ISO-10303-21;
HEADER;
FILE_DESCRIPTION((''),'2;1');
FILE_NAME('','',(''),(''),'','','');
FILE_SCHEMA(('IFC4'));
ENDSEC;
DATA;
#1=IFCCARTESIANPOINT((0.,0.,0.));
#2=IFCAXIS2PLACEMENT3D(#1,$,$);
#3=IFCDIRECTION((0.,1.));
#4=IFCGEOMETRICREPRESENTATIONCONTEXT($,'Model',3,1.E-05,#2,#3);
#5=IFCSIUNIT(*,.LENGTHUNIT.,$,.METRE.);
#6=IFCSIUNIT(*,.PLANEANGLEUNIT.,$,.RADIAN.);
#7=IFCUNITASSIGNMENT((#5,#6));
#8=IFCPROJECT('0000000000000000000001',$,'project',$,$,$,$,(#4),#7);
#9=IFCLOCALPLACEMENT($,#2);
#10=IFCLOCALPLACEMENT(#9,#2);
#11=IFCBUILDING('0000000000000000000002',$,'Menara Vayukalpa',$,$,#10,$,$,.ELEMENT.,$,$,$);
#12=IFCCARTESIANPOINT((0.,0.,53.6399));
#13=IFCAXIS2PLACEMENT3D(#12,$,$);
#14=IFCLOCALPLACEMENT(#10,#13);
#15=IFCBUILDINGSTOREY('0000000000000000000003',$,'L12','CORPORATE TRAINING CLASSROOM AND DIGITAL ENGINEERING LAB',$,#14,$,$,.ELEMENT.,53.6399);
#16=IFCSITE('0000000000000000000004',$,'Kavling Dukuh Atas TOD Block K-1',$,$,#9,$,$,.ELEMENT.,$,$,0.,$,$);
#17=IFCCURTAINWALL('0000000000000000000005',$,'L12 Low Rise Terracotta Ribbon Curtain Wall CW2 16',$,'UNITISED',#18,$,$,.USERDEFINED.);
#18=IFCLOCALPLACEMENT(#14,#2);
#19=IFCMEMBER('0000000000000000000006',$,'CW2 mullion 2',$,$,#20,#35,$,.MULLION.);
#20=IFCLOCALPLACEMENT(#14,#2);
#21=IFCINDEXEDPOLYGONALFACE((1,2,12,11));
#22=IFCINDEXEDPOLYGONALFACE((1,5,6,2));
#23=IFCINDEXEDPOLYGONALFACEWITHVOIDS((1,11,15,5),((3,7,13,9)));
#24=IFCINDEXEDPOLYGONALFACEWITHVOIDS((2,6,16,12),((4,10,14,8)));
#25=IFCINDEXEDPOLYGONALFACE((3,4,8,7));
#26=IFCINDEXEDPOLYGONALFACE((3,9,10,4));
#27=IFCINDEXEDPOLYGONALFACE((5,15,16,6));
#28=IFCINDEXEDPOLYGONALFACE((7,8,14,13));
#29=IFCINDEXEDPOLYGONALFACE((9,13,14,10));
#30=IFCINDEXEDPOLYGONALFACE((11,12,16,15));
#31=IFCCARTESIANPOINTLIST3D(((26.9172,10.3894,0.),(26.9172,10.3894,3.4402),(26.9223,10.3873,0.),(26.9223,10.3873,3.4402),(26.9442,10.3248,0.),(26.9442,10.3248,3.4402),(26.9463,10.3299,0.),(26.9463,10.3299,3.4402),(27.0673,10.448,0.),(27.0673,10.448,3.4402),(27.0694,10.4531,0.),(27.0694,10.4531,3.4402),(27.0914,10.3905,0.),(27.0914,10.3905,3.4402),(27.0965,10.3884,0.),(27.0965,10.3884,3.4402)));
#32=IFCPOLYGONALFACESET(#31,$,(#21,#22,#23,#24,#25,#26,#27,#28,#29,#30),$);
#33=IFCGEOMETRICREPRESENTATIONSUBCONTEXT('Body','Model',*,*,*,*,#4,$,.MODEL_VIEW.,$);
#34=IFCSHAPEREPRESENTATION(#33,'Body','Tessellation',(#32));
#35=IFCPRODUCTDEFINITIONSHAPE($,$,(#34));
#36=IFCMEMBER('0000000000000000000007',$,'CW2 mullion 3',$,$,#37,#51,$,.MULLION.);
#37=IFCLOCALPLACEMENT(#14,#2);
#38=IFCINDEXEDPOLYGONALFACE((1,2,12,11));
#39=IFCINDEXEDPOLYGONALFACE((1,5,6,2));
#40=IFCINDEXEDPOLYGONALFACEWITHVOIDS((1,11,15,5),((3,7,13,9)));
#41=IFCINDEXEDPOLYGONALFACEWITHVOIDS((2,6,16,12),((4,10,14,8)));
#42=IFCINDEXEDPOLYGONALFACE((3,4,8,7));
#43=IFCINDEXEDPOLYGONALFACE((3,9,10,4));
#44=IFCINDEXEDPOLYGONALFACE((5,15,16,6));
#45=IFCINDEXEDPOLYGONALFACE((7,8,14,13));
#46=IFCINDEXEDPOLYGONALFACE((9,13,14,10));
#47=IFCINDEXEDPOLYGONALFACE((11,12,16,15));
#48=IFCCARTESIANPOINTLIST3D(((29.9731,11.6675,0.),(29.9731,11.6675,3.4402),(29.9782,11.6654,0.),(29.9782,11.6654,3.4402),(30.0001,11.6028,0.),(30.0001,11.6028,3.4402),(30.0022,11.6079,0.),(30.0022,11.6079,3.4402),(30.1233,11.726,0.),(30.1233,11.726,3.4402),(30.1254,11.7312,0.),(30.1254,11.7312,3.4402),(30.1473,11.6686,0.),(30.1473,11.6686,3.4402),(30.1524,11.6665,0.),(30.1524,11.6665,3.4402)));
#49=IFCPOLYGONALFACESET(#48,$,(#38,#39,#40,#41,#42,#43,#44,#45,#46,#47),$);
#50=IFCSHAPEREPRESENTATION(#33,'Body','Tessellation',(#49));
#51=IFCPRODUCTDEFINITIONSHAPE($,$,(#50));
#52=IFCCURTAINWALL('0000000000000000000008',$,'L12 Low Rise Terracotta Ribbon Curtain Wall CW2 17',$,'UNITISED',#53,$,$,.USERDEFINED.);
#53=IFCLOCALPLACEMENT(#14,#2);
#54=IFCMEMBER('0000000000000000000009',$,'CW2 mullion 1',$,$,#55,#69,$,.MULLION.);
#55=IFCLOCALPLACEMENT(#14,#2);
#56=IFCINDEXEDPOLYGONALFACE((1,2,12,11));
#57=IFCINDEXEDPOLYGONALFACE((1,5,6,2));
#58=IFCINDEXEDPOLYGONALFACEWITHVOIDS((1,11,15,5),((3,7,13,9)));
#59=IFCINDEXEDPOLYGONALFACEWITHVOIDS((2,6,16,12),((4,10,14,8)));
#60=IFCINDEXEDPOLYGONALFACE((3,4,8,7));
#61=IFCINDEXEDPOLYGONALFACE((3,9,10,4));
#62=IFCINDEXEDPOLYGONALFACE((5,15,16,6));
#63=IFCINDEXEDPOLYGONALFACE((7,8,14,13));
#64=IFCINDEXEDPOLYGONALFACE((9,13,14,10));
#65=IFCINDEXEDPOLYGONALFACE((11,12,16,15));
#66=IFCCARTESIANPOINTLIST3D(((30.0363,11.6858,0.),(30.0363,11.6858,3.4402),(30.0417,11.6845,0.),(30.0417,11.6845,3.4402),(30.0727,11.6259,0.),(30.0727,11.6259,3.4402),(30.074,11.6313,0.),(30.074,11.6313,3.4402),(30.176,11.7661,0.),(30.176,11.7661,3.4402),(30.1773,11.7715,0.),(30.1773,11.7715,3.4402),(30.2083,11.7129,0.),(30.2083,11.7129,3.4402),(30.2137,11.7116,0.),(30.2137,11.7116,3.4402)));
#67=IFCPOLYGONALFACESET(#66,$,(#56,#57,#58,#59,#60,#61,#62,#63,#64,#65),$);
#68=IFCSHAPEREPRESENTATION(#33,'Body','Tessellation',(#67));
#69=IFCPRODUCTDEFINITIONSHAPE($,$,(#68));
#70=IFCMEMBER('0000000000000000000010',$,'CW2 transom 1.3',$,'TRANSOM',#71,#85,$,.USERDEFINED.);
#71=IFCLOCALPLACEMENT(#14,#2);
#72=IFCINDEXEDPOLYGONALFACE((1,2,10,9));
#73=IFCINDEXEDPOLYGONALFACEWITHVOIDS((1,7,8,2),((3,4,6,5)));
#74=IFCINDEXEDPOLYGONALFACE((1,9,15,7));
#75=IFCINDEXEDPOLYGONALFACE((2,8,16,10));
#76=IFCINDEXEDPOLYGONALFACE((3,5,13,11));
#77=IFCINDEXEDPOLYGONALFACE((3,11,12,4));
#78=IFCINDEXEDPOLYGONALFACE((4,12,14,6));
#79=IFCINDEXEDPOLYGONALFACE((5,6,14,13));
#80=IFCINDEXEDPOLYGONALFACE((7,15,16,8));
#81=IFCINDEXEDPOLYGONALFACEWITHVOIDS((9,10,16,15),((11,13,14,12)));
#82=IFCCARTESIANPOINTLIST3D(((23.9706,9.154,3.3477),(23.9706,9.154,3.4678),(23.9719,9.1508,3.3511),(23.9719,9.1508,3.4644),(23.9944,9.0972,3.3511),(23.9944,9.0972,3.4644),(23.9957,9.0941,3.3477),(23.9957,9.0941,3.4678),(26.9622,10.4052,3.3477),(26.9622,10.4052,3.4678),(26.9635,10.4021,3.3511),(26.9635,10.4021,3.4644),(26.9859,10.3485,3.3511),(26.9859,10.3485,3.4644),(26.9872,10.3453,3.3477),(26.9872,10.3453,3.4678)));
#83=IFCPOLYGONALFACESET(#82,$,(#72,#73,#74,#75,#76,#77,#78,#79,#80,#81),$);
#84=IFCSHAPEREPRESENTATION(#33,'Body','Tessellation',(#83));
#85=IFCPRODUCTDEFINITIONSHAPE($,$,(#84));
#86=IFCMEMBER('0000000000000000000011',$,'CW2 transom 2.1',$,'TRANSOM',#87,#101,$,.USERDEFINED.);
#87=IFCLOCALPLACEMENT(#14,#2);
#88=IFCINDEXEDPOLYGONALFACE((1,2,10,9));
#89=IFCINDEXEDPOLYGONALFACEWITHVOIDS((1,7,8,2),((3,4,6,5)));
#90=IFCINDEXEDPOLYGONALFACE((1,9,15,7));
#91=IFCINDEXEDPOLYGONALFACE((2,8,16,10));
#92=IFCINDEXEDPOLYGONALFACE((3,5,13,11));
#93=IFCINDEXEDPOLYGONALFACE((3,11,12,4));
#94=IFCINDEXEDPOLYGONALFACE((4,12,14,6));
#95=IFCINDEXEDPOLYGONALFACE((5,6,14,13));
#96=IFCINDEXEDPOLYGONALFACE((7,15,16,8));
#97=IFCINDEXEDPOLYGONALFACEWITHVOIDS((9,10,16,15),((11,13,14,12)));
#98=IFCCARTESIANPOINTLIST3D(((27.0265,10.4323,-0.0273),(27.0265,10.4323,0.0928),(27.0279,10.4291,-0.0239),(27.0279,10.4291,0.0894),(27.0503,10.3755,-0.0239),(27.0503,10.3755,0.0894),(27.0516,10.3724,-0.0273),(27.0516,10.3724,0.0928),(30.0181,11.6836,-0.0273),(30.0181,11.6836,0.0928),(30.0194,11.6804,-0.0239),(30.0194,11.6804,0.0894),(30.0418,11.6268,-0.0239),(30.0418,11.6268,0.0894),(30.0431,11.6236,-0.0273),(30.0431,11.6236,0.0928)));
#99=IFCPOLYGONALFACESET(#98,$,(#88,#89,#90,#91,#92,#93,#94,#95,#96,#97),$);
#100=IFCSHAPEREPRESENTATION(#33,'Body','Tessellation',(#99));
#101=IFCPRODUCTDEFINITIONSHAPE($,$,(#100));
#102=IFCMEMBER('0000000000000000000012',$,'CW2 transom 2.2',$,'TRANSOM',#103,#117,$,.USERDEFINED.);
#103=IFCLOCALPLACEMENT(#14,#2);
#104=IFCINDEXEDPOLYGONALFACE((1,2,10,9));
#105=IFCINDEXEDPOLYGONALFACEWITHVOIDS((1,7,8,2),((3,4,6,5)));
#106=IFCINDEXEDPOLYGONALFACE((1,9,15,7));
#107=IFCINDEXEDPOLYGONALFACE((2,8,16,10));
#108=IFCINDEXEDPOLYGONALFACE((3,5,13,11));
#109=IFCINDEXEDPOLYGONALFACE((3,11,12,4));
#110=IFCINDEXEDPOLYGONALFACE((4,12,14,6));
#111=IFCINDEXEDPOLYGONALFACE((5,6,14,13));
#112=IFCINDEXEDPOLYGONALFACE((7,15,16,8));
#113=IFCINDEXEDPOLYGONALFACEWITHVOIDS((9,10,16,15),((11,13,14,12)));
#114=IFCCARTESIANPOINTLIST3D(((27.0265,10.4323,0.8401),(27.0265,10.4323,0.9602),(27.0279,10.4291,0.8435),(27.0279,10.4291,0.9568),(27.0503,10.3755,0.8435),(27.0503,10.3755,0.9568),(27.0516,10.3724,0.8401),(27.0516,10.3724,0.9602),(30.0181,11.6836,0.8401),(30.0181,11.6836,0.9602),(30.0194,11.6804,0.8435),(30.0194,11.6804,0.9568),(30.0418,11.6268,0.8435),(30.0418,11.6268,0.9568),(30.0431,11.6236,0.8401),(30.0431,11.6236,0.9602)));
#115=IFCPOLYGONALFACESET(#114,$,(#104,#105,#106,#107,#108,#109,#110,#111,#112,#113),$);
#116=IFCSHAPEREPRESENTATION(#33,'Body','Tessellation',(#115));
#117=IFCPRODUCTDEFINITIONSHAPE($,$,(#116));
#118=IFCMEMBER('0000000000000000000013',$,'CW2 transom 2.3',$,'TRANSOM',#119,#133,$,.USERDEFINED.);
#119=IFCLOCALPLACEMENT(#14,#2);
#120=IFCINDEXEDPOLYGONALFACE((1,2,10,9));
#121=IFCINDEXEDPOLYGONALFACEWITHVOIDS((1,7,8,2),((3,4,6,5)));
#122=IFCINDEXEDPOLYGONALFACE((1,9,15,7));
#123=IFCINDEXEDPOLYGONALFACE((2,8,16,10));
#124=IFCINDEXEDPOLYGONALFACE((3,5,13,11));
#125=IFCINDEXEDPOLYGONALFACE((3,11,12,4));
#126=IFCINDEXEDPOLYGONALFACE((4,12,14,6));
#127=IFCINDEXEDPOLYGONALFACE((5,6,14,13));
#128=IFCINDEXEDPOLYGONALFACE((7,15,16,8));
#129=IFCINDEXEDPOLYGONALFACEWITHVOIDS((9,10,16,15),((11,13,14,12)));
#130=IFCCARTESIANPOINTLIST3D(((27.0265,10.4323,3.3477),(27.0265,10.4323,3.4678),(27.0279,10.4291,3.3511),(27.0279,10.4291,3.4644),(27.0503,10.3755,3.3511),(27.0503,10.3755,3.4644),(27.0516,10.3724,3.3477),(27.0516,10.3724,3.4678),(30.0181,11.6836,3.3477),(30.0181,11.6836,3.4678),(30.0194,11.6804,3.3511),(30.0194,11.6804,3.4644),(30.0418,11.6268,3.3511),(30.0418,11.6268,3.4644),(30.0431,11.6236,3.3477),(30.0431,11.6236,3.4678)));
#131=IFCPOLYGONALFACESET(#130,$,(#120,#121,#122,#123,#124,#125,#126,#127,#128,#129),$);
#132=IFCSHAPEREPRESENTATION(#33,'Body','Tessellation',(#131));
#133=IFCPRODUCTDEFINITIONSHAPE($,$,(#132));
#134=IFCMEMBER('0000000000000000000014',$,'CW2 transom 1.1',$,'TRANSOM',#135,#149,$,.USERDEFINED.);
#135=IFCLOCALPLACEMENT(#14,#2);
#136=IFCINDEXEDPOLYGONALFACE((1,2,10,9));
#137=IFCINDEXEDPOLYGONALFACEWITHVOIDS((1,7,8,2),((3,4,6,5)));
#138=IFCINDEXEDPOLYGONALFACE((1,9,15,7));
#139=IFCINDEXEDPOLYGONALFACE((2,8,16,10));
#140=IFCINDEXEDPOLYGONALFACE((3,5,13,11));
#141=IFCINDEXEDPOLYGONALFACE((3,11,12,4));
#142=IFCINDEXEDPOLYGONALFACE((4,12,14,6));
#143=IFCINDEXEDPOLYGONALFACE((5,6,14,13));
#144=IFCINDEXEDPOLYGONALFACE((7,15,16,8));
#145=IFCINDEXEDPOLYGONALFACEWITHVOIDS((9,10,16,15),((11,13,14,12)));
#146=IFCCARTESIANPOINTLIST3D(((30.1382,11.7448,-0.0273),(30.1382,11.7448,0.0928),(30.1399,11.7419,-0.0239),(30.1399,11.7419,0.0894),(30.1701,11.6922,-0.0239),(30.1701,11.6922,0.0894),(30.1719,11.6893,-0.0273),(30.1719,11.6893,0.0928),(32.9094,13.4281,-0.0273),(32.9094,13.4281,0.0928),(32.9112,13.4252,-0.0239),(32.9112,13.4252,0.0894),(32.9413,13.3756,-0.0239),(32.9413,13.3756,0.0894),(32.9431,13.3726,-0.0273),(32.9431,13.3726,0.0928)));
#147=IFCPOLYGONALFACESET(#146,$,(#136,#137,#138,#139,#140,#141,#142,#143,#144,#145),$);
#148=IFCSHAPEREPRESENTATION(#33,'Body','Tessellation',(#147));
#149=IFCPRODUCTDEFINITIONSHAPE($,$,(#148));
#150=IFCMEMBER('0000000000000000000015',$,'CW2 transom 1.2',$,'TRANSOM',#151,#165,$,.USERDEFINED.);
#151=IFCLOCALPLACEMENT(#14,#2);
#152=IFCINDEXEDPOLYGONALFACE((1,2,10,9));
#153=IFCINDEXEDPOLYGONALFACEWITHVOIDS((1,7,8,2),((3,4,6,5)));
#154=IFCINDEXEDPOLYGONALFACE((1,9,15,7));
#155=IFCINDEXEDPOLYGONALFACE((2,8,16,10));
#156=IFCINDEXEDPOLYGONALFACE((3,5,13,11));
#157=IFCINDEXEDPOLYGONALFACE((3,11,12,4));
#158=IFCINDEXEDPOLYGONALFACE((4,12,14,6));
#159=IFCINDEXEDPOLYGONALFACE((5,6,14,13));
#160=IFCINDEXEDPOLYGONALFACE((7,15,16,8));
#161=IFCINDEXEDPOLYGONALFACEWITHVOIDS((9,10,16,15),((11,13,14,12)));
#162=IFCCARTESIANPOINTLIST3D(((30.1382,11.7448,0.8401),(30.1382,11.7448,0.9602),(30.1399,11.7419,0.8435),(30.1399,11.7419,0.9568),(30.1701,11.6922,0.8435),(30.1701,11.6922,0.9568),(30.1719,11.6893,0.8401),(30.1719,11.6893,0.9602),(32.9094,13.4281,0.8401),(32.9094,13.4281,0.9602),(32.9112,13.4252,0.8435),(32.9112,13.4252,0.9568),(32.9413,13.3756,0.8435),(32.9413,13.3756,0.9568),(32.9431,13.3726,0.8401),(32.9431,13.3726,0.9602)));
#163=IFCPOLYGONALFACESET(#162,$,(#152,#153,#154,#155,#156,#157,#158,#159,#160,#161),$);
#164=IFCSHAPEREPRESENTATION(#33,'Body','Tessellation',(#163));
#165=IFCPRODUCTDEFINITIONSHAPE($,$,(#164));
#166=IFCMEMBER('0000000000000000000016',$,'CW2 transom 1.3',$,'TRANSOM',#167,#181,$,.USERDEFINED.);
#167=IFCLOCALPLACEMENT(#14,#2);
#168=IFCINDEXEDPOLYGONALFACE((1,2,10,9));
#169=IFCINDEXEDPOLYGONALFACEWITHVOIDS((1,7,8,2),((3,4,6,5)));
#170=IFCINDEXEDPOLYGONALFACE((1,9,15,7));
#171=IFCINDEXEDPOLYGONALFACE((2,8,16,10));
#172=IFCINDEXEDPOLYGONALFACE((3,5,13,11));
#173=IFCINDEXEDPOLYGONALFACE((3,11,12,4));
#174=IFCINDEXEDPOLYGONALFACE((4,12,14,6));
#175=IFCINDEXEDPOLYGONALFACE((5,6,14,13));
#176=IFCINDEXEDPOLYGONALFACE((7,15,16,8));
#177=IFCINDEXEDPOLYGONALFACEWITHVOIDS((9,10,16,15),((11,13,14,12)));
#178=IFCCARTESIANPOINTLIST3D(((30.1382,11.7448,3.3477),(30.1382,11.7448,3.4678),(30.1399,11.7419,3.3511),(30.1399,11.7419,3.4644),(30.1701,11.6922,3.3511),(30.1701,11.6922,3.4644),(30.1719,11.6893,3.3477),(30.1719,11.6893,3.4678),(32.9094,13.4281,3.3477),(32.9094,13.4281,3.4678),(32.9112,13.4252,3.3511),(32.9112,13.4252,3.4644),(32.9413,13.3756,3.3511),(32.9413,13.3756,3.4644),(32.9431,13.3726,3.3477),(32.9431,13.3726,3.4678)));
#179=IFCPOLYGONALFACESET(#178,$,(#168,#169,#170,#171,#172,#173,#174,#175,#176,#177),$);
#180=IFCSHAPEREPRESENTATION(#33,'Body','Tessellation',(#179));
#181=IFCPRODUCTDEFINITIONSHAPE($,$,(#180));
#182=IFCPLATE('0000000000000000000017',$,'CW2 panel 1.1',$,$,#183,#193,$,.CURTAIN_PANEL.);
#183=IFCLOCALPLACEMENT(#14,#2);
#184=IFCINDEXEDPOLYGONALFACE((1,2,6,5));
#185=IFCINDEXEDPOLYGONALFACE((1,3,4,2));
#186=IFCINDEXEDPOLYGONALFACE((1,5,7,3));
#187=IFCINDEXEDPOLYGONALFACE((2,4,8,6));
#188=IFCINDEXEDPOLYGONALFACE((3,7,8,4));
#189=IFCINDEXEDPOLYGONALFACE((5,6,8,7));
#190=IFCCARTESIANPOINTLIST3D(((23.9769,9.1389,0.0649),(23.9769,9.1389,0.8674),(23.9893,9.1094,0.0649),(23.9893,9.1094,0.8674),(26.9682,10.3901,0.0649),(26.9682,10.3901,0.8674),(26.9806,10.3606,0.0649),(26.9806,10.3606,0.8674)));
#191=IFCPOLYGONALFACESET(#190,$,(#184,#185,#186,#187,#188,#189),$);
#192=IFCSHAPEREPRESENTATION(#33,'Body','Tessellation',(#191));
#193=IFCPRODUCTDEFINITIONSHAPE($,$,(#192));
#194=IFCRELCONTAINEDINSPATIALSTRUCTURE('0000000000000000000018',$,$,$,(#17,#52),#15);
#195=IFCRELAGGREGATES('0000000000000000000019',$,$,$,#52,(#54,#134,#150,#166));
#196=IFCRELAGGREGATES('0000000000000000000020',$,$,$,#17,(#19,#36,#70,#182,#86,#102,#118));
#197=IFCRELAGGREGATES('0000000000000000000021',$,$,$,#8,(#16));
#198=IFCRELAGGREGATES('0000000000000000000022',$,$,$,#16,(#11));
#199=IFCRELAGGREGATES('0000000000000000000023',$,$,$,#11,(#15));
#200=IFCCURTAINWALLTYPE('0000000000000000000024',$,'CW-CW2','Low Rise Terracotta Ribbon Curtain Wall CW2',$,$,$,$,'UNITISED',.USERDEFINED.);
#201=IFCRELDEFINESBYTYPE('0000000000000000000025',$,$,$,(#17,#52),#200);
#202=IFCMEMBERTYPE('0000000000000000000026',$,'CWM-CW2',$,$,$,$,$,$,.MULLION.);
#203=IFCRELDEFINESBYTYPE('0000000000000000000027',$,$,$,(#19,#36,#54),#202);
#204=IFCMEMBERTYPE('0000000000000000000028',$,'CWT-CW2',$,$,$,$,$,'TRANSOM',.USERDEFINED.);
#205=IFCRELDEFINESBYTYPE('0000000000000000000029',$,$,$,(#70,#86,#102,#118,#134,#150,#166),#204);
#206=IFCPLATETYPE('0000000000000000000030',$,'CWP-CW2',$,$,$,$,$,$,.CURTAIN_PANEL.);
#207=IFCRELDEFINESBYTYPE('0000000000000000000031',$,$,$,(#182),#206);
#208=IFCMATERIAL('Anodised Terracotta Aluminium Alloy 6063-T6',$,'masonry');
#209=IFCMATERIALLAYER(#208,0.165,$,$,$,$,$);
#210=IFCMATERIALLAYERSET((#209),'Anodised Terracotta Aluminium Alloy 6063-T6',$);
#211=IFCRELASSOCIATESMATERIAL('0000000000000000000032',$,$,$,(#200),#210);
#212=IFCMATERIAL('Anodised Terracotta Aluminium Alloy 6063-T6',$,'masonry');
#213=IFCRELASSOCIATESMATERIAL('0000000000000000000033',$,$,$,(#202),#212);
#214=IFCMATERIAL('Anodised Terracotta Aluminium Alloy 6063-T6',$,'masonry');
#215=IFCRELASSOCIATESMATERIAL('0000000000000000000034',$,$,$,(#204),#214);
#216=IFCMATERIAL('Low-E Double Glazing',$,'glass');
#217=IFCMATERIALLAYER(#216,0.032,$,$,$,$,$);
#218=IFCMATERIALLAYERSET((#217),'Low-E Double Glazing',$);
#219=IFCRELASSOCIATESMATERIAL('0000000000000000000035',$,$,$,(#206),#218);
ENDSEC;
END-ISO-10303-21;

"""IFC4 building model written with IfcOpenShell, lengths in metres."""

from ifc_helpers import new_model, si_unit, direction, frame, origin, origin_2d, place, context, subcontext, project, spatial, rectangle, hollow_rectangle, extrude, material, layer, layer_set, material_profile, profile_set, type_object, element, aggregate, save


model = new_model("IFC4")

# Units and contexts
model_context = context("Model", 3, precision=1e-05, world=origin(), true_north=direction((0.0, 1.0)))
body_context = subcontext(model_context, "Body", "Model", "MODEL_VIEW")
ifc_project = project(units=[si_unit("LENGTHUNIT", "METRE"), si_unit("PLANEANGLEUNIT", "RADIAN")], contexts=[model_context])

# Site, building, storey
site_placement = place(None, origin())
site = spatial("IfcSite", under=ifc_project, at=site_placement, Name="Kavling Dukuh Atas TOD Block K-1", CompositionType="ELEMENT", RefElevation=0.0)
building_placement = place(site_placement, origin())
building = spatial("IfcBuilding", under=site, at=building_placement, Name="Menara Vayukalpa", CompositionType="ELEMENT")
storey_placement = place(building_placement, frame((0.0, 0.0, 53.6399)))
storey = spatial("IfcBuildingStorey", under=building, at=storey_placement, Name="L12", Description="CORPORATE TRAINING CLASSROOM AND DIGITAL ENGINEERING LAB", CompositionType="ELEMENT", Elevation=53.6399)

# Curtain wall, members
ifc_material_1 = material(Name="Anodised Terracotta Aluminium Alloy 6063-T6", Category="masonry")
ifc_layer_1 = layer(ifc_material_1, 0.165)
ifc_layer_set_1 = layer_set([ifc_layer_1], Name="Anodised Terracotta Aluminium Alloy 6063-T6")
curtain_wall_type = type_object("IfcCurtainWallType", Name="CW-CW2", Description="Low Rise Terracotta Ribbon Curtain Wall CW2", ElementType="UNITISED", PredefinedType="USERDEFINED", material=ifc_layer_set_1)
curtain_wall_1_placement = place(storey_placement, origin())
curtain_wall_1 = element("IfcCurtainWall", 1, at=curtain_wall_1_placement, inside=storey, type_object=curtain_wall_type, Name="L12 Low Rise Terracotta Ribbon Curtain Wall CW2 16", ObjectType="UNITISED", PredefinedType="USERDEFINED")
ifc_material_2 = material(Name="Anodised Terracotta Aluminium Alloy 6063-T6", Category="masonry")
ifc_material_profile_1 = material_profile(ifc_material_2, hollow_rectangle(XDim=0.0701, YDim=0.165, WallThickness=0.0039, at=origin_2d()), Name="ALU 70x165x4")
ifc_profile_set_1 = profile_set([ifc_material_profile_1], Name="Anodised Terracotta Aluminium Alloy 6063-T6")
member_type_1 = type_object("IfcMemberType", Name="CWM-CW2", PredefinedType="MULLION", material=ifc_profile_set_1)
member_1_placement = place(storey_placement, frame((27.0068, 10.3889, 0.0), z_axis=(0.0, 0.0, 1.0), x_axis=(-0.385895, 0.922543, 0.0)))
member_1 = element("IfcMember", 2, at=member_1_placement, type_object=member_type_1, Name="CW2 mullion 2", PredefinedType="MULLION", context=body_context, shape_type="SweptSolid", body=[
    extrude(hollow_rectangle(XDim=0.0701, YDim=0.165, WallThickness=0.0039, at=origin_2d()), origin(), (0.0, 0.0, 1.0), 3.4402),
])
member_2_placement = place(storey_placement, frame((30.0627, 11.667, 0.0), z_axis=(0.0, 0.0, 1.0), x_axis=(-0.385895, 0.922543, 0.0)))
member_2 = element("IfcMember", 3, at=member_2_placement, type_object=member_type_1, Name="CW2 mullion 3", PredefinedType="MULLION", context=body_context, shape_type="SweptSolid", body=[
    extrude(hollow_rectangle(XDim=0.0701, YDim=0.165, WallThickness=0.0039, at=origin_2d()), origin(), (0.0, 0.0, 1.0), 3.4402),
])

# Curtain wall, member
curtain_wall_2_placement = place(storey_placement, origin())
curtain_wall_2 = element("IfcCurtainWall", 4, at=curtain_wall_2_placement, inside=storey, type_object=curtain_wall_type, Name="L12 Low Rise Terracotta Ribbon Curtain Wall CW2 17", ObjectType="UNITISED", PredefinedType="USERDEFINED")
member_3_placement = place(storey_placement, frame((30.125, 11.6987, 0.0), z_axis=(0.0, 0.0, 1.0), x_axis=(-0.519182, 0.854664, 0.0)))
member_3 = element("IfcMember", 5, at=member_3_placement, type_object=member_type_1, Name="CW2 mullion 1", PredefinedType="MULLION", context=body_context, shape_type="SweptSolid", body=[
    extrude(hollow_rectangle(XDim=0.0701, YDim=0.165, WallThickness=0.0039, at=origin_2d()), origin(), (0.0, 0.0, 1.0), 3.4402),
])

# Members
ifc_material_3 = material(Name="Anodised Terracotta Aluminium Alloy 6063-T6", Category="masonry")
ifc_material_profile_2 = material_profile(ifc_material_3, hollow_rectangle(XDim=0.0649, YDim=0.1201, WallThickness=0.0034, at=origin_2d()), Name="ALU 65x120x3.5")
ifc_profile_set_2 = profile_set([ifc_material_profile_2], Name="Anodised Terracotta Aluminium Alloy 6063-T6")
member_type_2 = type_object("IfcMemberType", Name="CWT-CW2", ElementType="TRANSOM", PredefinedType="USERDEFINED", material=ifc_profile_set_2)
member_4_placement = place(storey_placement, frame((23.9832, 9.124, 3.4077), z_axis=(0.922553, 0.385871, 0.0), x_axis=(-0.385871, 0.922553, 0.0)))
member_4 = element("IfcMember", 6, at=member_4_placement, type_object=member_type_2, Name="CW2 transom 1.3", ObjectType="TRANSOM", PredefinedType="USERDEFINED", context=body_context, shape_type="SweptSolid", body=[
    extrude(hollow_rectangle(XDim=0.0649, YDim=0.1201, WallThickness=0.0034, at=origin_2d()), origin(), (0.0, 0.0, 1.0), 3.2427),
])
member_5_placement = place(storey_placement, frame((27.0391, 10.4023, 0.0327), z_axis=(0.922553, 0.385871, 0.0), x_axis=(-0.385871, 0.922553, 0.0)))
member_5 = element("IfcMember", 7, at=member_5_placement, type_object=member_type_2, Name="CW2 transom 2.1", ObjectType="TRANSOM", PredefinedType="USERDEFINED", context=body_context, shape_type="SweptSolid", body=[
    extrude(hollow_rectangle(XDim=0.0649, YDim=0.1201, WallThickness=0.0034, at=origin_2d()), origin(), (0.0, 0.0, 1.0), 3.2427),
])
member_6_placement = place(storey_placement, frame((27.0391, 10.4023, 0.9001), z_axis=(0.922553, 0.385871, 0.0), x_axis=(-0.385871, 0.922553, 0.0)))
member_6 = element("IfcMember", 8, at=member_6_placement, type_object=member_type_2, Name="CW2 transom 2.2", ObjectType="TRANSOM", PredefinedType="USERDEFINED", context=body_context, shape_type="SweptSolid", body=[
    extrude(hollow_rectangle(XDim=0.0649, YDim=0.1201, WallThickness=0.0034, at=origin_2d()), origin(), (0.0, 0.0, 1.0), 3.2427),
])
member_7_placement = place(storey_placement, frame((27.0391, 10.4023, 3.4077), z_axis=(0.922553, 0.385871, 0.0), x_axis=(-0.385871, 0.922553, 0.0)))
member_7 = element("IfcMember", 9, at=member_7_placement, type_object=member_type_2, Name="CW2 transom 2.3", ObjectType="TRANSOM", PredefinedType="USERDEFINED", context=body_context, shape_type="SweptSolid", body=[
    extrude(hollow_rectangle(XDim=0.0649, YDim=0.1201, WallThickness=0.0034, at=origin_2d()), origin(), (0.0, 0.0, 1.0), 3.2427),
])
member_8_placement = place(storey_placement, frame((30.155, 11.717, 0.0327), z_axis=(0.854677, 0.519161, 0.0), x_axis=(-0.519161, 0.854677, 0.0)))
member_8 = element("IfcMember", 10, at=member_8_placement, type_object=member_type_2, Name="CW2 transom 1.1", ObjectType="TRANSOM", PredefinedType="USERDEFINED", context=body_context, shape_type="SweptSolid", body=[
    extrude(hollow_rectangle(XDim=0.0649, YDim=0.1201, WallThickness=0.0034, at=origin_2d()), origin(), (0.0, 0.0, 1.0), 3.2424),
])
member_9_placement = place(storey_placement, frame((30.155, 11.717, 0.9001), z_axis=(0.854677, 0.519161, 0.0), x_axis=(-0.519161, 0.854677, 0.0)))
member_9 = element("IfcMember", 11, at=member_9_placement, type_object=member_type_2, Name="CW2 transom 1.2", ObjectType="TRANSOM", PredefinedType="USERDEFINED", context=body_context, shape_type="SweptSolid", body=[
    extrude(hollow_rectangle(XDim=0.0649, YDim=0.1201, WallThickness=0.0034, at=origin_2d()), origin(), (0.0, 0.0, 1.0), 3.2424),
])
member_10_placement = place(storey_placement, frame((30.155, 11.717, 3.4077), z_axis=(0.854677, 0.519161, 0.0), x_axis=(-0.519161, 0.854677, 0.0)))
member_10 = element("IfcMember", 12, at=member_10_placement, type_object=member_type_2, Name="CW2 transom 1.3", ObjectType="TRANSOM", PredefinedType="USERDEFINED", context=body_context, shape_type="SweptSolid", body=[
    extrude(hollow_rectangle(XDim=0.0649, YDim=0.1201, WallThickness=0.0034, at=origin_2d()), origin(), (0.0, 0.0, 1.0), 3.2424),
])
aggregate(curtain_wall_2, [member_3, member_8, member_9, member_10])

# Plate
ifc_material_4 = material(Name="Low-E Double Glazing", Category="glass")
ifc_layer_2 = layer(ifc_material_4, 0.032)
ifc_layer_set_2 = layer_set([ifc_layer_2], Name="Low-E Double Glazing")
plate_type = type_object("IfcPlateType", Name="CWP-CW2", PredefinedType="CURTAIN_PANEL", material=ifc_layer_set_2)
plate_1_placement = place(storey_placement, frame((25.4788, 9.7498, 0.0649), z_axis=(0.0, 0.0, 1.0), x_axis=(0.922543, 0.385895, 0.0)))
plate_1 = element("IfcPlate", 13, at=plate_1_placement, type_object=plate_type, Name="CW2 panel 1.1", PredefinedType="CURTAIN_PANEL", context=body_context, shape_type="SweptSolid", body=[
    extrude(rectangle(XDim=3.2424, YDim=0.032, at=origin_2d()), origin(), (0.0, 0.0, 1.0), 0.8025),
])
aggregate(curtain_wall_1, [member_1, member_2, member_4, plate_1, member_5, member_6, member_7])

save(model, "model.ifc")
